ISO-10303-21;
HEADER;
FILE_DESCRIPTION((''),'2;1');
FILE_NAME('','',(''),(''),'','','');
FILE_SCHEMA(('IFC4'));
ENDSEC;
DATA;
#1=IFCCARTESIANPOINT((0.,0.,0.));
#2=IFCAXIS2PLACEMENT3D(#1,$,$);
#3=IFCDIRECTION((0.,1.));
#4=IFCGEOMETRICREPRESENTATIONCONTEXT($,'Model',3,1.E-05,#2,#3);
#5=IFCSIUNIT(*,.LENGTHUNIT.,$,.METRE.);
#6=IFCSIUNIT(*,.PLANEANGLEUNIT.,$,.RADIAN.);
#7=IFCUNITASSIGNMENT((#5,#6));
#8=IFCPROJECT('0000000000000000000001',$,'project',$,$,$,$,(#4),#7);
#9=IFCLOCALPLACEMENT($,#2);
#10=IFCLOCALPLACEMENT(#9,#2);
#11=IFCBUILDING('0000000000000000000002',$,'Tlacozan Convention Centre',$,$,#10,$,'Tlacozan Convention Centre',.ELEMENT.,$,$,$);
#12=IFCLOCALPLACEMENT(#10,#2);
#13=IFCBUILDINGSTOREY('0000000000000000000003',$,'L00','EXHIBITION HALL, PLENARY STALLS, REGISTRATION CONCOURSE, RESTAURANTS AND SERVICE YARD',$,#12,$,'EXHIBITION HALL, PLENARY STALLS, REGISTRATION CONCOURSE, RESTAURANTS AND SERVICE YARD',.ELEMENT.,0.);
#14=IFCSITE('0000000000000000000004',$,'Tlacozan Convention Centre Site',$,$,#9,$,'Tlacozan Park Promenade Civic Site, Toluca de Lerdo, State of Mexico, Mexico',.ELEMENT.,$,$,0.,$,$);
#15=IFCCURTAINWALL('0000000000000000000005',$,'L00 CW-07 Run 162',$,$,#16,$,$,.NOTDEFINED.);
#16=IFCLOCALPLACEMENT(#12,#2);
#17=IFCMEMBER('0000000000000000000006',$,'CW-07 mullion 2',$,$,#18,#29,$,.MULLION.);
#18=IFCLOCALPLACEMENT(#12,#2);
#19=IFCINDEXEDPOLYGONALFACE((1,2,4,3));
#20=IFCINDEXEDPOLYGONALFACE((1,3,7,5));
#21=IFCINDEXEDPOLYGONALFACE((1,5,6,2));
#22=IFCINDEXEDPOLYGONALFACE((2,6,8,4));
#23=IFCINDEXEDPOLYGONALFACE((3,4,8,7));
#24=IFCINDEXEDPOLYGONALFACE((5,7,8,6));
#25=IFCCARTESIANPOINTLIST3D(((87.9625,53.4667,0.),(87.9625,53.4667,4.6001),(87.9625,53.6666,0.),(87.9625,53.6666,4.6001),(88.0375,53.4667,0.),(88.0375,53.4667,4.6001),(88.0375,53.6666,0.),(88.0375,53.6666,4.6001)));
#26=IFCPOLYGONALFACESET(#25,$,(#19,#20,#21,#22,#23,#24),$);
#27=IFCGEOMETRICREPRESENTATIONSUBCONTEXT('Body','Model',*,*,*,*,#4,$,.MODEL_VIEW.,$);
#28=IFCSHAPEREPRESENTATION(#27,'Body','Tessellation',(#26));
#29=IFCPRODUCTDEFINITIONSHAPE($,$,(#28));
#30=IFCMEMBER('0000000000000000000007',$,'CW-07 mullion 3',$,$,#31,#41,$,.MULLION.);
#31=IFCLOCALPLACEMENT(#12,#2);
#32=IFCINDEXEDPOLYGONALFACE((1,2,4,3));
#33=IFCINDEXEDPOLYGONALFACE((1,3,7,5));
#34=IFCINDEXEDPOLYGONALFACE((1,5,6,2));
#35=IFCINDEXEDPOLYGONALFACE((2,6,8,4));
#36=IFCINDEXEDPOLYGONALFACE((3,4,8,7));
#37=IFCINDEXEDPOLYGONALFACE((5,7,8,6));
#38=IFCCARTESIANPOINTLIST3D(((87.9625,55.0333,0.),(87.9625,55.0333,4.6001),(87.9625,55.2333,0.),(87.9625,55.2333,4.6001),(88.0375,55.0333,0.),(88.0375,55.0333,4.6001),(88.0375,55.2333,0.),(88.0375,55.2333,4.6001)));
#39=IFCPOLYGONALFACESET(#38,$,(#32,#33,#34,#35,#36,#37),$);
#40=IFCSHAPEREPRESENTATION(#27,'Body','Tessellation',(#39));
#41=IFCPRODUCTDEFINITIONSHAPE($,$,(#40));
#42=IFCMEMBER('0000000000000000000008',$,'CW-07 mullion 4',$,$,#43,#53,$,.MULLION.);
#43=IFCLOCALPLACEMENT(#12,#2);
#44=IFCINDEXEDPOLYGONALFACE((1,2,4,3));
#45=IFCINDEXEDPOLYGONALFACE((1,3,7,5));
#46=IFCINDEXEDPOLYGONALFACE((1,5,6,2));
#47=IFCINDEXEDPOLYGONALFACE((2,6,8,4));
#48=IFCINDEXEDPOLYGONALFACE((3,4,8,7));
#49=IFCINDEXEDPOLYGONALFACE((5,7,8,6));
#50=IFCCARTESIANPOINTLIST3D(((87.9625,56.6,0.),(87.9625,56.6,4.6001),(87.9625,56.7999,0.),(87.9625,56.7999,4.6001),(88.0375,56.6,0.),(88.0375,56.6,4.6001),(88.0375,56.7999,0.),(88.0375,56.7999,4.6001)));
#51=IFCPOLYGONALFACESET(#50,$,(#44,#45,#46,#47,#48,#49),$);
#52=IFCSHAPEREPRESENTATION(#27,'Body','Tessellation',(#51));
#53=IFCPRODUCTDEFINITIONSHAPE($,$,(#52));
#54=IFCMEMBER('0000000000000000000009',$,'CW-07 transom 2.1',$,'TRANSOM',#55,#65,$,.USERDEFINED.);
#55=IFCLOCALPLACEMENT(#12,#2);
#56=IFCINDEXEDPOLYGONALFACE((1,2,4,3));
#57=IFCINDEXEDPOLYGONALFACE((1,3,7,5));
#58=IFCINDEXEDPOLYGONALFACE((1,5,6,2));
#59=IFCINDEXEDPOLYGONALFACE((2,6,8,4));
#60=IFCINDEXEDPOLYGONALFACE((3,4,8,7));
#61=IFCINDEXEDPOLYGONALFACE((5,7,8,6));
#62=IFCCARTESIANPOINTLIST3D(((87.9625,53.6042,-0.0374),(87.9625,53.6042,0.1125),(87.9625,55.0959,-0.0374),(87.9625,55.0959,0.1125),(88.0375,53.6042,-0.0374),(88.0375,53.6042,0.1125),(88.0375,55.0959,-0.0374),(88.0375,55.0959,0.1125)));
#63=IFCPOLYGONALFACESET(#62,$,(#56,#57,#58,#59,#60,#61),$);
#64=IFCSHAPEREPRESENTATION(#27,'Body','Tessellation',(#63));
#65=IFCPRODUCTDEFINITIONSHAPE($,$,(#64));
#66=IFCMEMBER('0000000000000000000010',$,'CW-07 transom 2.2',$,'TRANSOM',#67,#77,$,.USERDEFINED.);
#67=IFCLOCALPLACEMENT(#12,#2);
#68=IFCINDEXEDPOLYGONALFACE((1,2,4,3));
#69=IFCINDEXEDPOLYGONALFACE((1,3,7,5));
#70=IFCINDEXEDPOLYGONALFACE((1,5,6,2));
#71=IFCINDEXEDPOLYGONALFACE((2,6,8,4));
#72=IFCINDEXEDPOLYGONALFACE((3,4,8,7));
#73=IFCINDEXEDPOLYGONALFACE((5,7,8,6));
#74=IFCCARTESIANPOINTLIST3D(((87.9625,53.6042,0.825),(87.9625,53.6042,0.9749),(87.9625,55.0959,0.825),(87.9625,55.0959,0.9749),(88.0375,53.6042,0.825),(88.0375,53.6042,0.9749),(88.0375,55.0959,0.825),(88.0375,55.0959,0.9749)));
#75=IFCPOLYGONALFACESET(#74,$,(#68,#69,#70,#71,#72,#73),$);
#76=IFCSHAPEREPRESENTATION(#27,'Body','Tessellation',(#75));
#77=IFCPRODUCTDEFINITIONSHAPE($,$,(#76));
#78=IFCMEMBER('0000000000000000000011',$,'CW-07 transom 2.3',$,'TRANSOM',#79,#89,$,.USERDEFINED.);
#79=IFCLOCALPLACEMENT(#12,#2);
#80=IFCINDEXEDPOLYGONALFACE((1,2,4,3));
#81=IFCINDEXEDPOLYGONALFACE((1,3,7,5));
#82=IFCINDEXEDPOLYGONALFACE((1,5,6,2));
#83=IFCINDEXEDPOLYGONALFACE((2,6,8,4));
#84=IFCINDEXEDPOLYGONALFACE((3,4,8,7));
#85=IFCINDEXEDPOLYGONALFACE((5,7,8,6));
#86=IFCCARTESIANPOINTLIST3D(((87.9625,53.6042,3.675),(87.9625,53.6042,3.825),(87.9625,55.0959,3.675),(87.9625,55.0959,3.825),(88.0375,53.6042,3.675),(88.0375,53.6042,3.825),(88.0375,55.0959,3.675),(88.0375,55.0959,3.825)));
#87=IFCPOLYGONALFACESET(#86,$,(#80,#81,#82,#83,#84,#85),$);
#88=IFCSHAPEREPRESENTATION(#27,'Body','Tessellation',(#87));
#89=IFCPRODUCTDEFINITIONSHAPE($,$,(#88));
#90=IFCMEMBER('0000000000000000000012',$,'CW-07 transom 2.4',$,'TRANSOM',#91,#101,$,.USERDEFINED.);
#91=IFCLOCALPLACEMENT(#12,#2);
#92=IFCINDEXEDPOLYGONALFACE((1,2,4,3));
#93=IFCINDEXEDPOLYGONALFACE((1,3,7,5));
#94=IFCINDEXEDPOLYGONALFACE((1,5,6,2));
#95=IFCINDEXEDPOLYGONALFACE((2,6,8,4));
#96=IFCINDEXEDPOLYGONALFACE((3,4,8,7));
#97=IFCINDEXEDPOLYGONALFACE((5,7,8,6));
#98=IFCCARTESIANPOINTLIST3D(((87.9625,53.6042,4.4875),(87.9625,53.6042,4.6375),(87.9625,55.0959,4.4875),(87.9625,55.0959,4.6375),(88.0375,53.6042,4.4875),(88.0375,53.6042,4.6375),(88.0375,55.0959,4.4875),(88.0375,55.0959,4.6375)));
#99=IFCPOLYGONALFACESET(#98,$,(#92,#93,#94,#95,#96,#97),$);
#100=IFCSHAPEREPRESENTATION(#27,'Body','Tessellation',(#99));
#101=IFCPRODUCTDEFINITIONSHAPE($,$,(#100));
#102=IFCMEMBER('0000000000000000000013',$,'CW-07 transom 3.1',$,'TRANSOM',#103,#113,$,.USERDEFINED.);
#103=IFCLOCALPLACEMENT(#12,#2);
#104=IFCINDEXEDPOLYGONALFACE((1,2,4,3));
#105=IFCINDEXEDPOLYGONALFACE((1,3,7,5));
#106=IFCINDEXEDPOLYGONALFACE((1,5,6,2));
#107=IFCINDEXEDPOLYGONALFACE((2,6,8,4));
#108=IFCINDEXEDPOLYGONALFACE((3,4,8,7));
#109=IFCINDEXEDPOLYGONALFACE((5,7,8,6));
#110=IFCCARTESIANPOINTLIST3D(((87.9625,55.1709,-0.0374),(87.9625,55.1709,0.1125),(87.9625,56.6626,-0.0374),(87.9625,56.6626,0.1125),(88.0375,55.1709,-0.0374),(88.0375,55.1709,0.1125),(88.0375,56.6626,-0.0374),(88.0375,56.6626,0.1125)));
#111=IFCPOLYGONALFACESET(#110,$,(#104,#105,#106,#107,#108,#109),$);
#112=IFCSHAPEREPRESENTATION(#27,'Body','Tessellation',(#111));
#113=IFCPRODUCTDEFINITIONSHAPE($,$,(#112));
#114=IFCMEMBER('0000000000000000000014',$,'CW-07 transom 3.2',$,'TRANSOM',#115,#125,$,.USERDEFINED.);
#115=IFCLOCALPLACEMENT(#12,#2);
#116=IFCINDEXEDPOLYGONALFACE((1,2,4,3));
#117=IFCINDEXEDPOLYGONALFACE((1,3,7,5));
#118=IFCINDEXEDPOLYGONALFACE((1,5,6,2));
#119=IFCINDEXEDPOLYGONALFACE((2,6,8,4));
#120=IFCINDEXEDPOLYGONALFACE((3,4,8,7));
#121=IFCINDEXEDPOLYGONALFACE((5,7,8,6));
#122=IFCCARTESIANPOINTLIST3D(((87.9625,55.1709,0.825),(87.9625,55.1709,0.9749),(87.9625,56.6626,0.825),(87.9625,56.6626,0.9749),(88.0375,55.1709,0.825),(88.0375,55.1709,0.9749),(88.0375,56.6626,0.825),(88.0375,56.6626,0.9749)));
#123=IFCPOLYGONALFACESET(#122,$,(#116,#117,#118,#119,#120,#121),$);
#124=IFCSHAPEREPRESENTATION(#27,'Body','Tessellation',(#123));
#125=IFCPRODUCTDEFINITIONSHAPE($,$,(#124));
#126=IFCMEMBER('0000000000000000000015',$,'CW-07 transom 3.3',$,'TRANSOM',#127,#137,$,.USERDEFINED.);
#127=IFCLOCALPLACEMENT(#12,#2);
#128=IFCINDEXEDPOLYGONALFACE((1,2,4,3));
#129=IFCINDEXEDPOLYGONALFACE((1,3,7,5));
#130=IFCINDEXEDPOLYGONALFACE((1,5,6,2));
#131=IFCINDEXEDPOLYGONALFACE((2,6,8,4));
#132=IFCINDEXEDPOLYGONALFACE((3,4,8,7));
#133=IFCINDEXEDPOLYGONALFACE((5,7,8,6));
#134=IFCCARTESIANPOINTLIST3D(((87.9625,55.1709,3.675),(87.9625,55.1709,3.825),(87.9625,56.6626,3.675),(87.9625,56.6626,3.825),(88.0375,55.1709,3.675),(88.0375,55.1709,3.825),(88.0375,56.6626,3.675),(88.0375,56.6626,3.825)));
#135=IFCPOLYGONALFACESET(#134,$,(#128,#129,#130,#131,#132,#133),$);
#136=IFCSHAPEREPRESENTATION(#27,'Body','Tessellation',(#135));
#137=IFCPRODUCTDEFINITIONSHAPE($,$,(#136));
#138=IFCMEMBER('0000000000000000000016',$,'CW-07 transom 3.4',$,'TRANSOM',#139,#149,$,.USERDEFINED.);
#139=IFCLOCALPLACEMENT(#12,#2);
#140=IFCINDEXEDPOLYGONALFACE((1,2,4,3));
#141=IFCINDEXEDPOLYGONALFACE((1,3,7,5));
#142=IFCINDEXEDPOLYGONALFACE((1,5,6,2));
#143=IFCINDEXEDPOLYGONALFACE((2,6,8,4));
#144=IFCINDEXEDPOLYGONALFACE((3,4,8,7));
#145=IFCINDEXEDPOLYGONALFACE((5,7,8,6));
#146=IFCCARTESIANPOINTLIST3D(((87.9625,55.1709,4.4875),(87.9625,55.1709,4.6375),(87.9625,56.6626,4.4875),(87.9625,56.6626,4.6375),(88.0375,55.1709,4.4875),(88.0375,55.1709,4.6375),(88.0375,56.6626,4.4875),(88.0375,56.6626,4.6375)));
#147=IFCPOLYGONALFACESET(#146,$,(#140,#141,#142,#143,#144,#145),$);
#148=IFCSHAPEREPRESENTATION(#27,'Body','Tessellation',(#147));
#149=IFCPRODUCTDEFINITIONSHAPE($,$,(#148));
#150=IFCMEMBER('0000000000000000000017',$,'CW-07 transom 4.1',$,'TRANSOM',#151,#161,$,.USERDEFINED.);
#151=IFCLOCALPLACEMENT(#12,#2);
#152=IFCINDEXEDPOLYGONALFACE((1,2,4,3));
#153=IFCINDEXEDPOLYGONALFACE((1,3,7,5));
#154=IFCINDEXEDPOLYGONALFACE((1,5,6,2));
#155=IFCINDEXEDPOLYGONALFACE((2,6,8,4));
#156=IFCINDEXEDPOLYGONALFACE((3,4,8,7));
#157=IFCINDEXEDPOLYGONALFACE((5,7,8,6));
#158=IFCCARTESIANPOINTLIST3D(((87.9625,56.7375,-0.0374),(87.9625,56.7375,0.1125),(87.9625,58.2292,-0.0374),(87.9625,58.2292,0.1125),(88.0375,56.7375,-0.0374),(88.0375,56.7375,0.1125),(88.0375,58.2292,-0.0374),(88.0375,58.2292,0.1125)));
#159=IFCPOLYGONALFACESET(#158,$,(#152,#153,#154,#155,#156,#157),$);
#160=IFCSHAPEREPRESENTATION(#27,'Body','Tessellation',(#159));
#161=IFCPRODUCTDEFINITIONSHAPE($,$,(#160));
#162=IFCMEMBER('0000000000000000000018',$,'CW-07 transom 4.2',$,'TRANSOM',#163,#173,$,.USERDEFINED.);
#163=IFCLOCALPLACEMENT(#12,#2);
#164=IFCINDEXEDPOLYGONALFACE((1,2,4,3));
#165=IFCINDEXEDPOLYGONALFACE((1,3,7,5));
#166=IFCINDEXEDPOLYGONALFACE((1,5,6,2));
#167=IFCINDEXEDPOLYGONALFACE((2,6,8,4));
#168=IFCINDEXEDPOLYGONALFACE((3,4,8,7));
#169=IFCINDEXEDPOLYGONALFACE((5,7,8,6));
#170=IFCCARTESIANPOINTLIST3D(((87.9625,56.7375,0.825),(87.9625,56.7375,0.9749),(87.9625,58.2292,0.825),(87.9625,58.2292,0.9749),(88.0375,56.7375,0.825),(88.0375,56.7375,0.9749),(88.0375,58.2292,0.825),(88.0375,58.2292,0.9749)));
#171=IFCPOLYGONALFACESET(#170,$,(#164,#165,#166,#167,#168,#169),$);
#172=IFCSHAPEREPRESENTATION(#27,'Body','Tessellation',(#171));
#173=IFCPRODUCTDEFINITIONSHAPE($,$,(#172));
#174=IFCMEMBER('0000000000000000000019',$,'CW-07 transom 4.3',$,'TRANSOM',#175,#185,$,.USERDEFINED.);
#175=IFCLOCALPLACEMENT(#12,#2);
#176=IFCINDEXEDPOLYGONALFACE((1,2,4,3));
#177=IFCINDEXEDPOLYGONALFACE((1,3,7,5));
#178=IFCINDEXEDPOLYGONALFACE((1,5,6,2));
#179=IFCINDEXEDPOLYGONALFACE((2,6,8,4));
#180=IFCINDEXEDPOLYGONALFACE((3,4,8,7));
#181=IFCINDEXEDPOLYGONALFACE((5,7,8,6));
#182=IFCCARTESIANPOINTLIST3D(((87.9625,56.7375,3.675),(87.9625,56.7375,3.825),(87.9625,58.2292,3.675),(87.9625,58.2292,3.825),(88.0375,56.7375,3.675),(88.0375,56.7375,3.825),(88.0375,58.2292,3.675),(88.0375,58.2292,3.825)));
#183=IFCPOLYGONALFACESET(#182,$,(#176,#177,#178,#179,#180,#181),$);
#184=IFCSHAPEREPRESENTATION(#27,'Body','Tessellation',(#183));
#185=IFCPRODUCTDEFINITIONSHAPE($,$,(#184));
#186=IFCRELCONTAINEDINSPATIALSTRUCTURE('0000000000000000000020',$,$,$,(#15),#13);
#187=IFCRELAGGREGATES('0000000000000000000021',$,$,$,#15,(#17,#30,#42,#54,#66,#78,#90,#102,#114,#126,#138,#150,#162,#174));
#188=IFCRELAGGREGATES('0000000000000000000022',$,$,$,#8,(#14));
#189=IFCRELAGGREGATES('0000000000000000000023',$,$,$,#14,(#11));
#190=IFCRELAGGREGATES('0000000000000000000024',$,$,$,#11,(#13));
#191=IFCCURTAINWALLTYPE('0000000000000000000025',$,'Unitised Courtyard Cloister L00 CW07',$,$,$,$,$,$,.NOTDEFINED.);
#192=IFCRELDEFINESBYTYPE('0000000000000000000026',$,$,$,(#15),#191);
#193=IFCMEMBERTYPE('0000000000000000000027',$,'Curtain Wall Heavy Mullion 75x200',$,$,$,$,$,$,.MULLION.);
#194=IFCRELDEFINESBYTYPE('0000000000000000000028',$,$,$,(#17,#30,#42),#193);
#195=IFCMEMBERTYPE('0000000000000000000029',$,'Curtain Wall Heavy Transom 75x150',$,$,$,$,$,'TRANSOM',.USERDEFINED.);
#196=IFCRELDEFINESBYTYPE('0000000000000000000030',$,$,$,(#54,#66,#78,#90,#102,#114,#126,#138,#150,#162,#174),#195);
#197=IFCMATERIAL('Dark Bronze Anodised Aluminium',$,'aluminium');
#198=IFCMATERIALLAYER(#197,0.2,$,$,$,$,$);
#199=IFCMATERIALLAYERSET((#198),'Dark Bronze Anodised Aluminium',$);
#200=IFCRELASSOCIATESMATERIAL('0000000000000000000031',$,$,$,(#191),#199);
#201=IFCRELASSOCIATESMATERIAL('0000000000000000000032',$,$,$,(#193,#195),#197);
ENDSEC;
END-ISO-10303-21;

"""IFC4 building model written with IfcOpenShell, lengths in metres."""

from ifc_helpers import new_model, si_unit, direction, frame, origin, origin_2d, place, context, subcontext, project, spatial, rectangle, extrude, material, layer, layer_set, material_profile, profile_set, type_object, element, aggregate, save


model = new_model("IFC4")

# Units and contexts
model_context = context("Model", 3, precision=1e-05, world=origin(), true_north=direction((0.0, 1.0)))
body_context = subcontext(model_context, "Body", "Model", "MODEL_VIEW")
ifc_project = project(units=[si_unit("LENGTHUNIT", "METRE"), si_unit("PLANEANGLEUNIT", "RADIAN")], contexts=[model_context])

# Site, building, storey
site_placement = place(None, origin())
site = spatial("IfcSite", under=ifc_project, at=site_placement, Name="Tlacozan Convention Centre Site", LongName="Tlacozan Park Promenade Civic Site, Toluca de Lerdo, State of Mexico, Mexico", CompositionType="ELEMENT", RefElevation=0.0)
building_placement = place(site_placement, origin())
building = spatial("IfcBuilding", under=site, at=building_placement, Name="Tlacozan Convention Centre", LongName="Tlacozan Convention Centre", CompositionType="ELEMENT")
storey_placement = place(building_placement, origin())
storey = spatial("IfcBuildingStorey", under=building, at=storey_placement, Name="L00", Description="EXHIBITION HALL, PLENARY STALLS, REGISTRATION CONCOURSE, RESTAURANTS AND SERVICE YARD", LongName="EXHIBITION HALL, PLENARY STALLS, REGISTRATION CONCOURSE, RESTAURANTS AND SERVICE YARD", CompositionType="ELEMENT", Elevation=0.0)

# Curtain wall, members
ifc_material_1 = material(Name="Dark Bronze Anodised Aluminium", Category="aluminium")
ifc_layer_1 = layer(ifc_material_1, 0.2)
ifc_layer_set_1 = layer_set([ifc_layer_1], Name="Dark Bronze Anodised Aluminium")
curtain_wall_type = type_object("IfcCurtainWallType", Name="Unitised Courtyard Cloister L00 CW07", PredefinedType="NOTDEFINED", material=ifc_layer_set_1)
curtain_wall_placement = place(storey_placement, origin())
curtain_wall = element("IfcCurtainWall", 1, at=curtain_wall_placement, inside=storey, type_object=curtain_wall_type, Name="L00 CW-07 Run 162", PredefinedType="NOTDEFINED")
ifc_material_profile_1 = material_profile(ifc_material_1, rectangle(XDim=0.075, YDim=0.2, at=origin_2d()), Name="ALU 75x200")
ifc_profile_set_1 = profile_set([ifc_material_profile_1], Name="Dark Bronze Anodised Aluminium")
member_type_1 = type_object("IfcMemberType", Name="Curtain Wall Heavy Mullion 75x200", PredefinedType="MULLION", material=ifc_profile_set_1)
member_1_placement = place(storey_placement, frame((88.0, 53.5667, 0.0), z_axis=(0.0, 0.0, 1.0), x_axis=(-1.0, 0.0, 0.0)))
member_1 = element("IfcMember", 2, at=member_1_placement, type_object=member_type_1, Name="CW-07 mullion 2", PredefinedType="MULLION", context=body_context, shape_type="SweptSolid", body=[
    extrude(rectangle(XDim=0.075, YDim=0.2, at=origin_2d()), origin(), (0.0, 0.0, 1.0), 4.6001),
])
member_2_placement = place(storey_placement, frame((88.0, 55.1333, 0.0), z_axis=(0.0, 0.0, 1.0), x_axis=(-1.0, 0.0, 0.0)))
member_2 = element("IfcMember", 3, at=member_2_placement, type_object=member_type_1, Name="CW-07 mullion 3", PredefinedType="MULLION", context=body_context, shape_type="SweptSolid", body=[
    extrude(rectangle(XDim=0.075, YDim=0.2, at=origin_2d()), origin(), (0.0, 0.0, 1.0), 4.6001),
])
member_3_placement = place(storey_placement, frame((88.0, 56.7, 0.0), z_axis=(0.0, 0.0, 1.0), x_axis=(-1.0, 0.0, 0.0)))
member_3 = element("IfcMember", 4, at=member_3_placement, type_object=member_type_1, Name="CW-07 mullion 4", PredefinedType="MULLION", context=body_context, shape_type="SweptSolid", body=[
    extrude(rectangle(XDim=0.075, YDim=0.2, at=origin_2d()), origin(), (0.0, 0.0, 1.0), 4.6001),
])
ifc_material_profile_2 = material_profile(ifc_material_1, rectangle(XDim=0.075, YDim=0.1499, at=origin_2d()), Name="ALU 75x150")
ifc_profile_set_2 = profile_set([ifc_material_profile_2], Name="Dark Bronze Anodised Aluminium")
member_type_2 = type_object("IfcMemberType", Name="Curtain Wall Heavy Transom 75x150", ElementType="TRANSOM", PredefinedType="USERDEFINED", material=ifc_profile_set_2)
member_4_placement = place(storey_placement, frame((88.0, 53.6042, 0.0376), z_axis=(0.0, 1.0, 0.0), x_axis=(-1.0, 0.0, 0.0)))
member_4 = element("IfcMember", 5, at=member_4_placement, type_object=member_type_2, Name="CW-07 transom 2.1", ObjectType="TRANSOM", PredefinedType="USERDEFINED", context=body_context, shape_type="SweptSolid", body=[
    extrude(rectangle(XDim=0.075, YDim=0.1499, at=origin_2d()), origin(), (0.0, 0.0, 1.0), 1.4917),
])
member_5_placement = place(storey_placement, frame((88.0, 53.6042, 0.8999), z_axis=(0.0, 1.0, 0.0), x_axis=(-1.0, 0.0, 0.0)))
member_5 = element("IfcMember", 6, at=member_5_placement, type_object=member_type_2, Name="CW-07 transom 2.2", ObjectType="TRANSOM", PredefinedType="USERDEFINED", context=body_context, shape_type="SweptSolid", body=[
    extrude(rectangle(XDim=0.075, YDim=0.1499, at=origin_2d()), origin(), (0.0, 0.0, 1.0), 1.4917),
])
member_6_placement = place(storey_placement, frame((88.0, 53.6042, 3.75), z_axis=(0.0, 1.0, 0.0), x_axis=(-1.0, 0.0, 0.0)))
member_6 = element("IfcMember", 7, at=member_6_placement, type_object=member_type_2, Name="CW-07 transom 2.3", ObjectType="TRANSOM", PredefinedType="USERDEFINED", context=body_context, shape_type="SweptSolid", body=[
    extrude(rectangle(XDim=0.075, YDim=0.1499, at=origin_2d()), origin(), (0.0, 0.0, 1.0), 1.4917),
])
member_7_placement = place(storey_placement, frame((88.0, 53.6042, 4.5625), z_axis=(0.0, 1.0, 0.0), x_axis=(-1.0, 0.0, 0.0)))
member_7 = element("IfcMember", 8, at=member_7_placement, type_object=member_type_2, Name="CW-07 transom 2.4", ObjectType="TRANSOM", PredefinedType="USERDEFINED", context=body_context, shape_type="SweptSolid", body=[
    extrude(rectangle(XDim=0.075, YDim=0.1499, at=origin_2d()), origin(), (0.0, 0.0, 1.0), 1.4917),
])
member_8_placement = place(storey_placement, frame((88.0, 55.1709, 0.0376), z_axis=(0.0, 1.0, 0.0), x_axis=(-1.0, 0.0, 0.0)))
member_8 = element("IfcMember", 9, at=member_8_placement, type_object=member_type_2, Name="CW-07 transom 3.1", ObjectType="TRANSOM", PredefinedType="USERDEFINED", context=body_context, shape_type="SweptSolid", body=[
    extrude(rectangle(XDim=0.075, YDim=0.1499, at=origin_2d()), origin(), (0.0, 0.0, 1.0), 1.4917),
])
member_9_placement = place(storey_placement, frame((88.0, 55.1709, 0.8999), z_axis=(0.0, 1.0, 0.0), x_axis=(-1.0, 0.0, 0.0)))
member_9 = element("IfcMember", 10, at=member_9_placement, type_object=member_type_2, Name="CW-07 transom 3.2", ObjectType="TRANSOM", PredefinedType="USERDEFINED", context=body_context, shape_type="SweptSolid", body=[
    extrude(rectangle(XDim=0.075, YDim=0.1499, at=origin_2d()), origin(), (0.0, 0.0, 1.0), 1.4917),
])
member_10_placement = place(storey_placement, frame((88.0, 55.1709, 3.75), z_axis=(0.0, 1.0, 0.0), x_axis=(-1.0, 0.0, 0.0)))
member_10 = element("IfcMember", 11, at=member_10_placement, type_object=member_type_2, Name="CW-07 transom 3.3", ObjectType="TRANSOM", PredefinedType="USERDEFINED", context=body_context, shape_type="SweptSolid", body=[
    extrude(rectangle(XDim=0.075, YDim=0.1499, at=origin_2d()), origin(), (0.0, 0.0, 1.0), 1.4917),
])
member_11_placement = place(storey_placement, frame((88.0, 55.1709, 4.5625), z_axis=(0.0, 1.0, 0.0), x_axis=(-1.0, 0.0, 0.0)))
member_11 = element("IfcMember", 12, at=member_11_placement, type_object=member_type_2, Name="CW-07 transom 3.4", ObjectType="TRANSOM", PredefinedType="USERDEFINED", context=body_context, shape_type="SweptSolid", body=[
    extrude(rectangle(XDim=0.075, YDim=0.1499, at=origin_2d()), origin(), (0.0, 0.0, 1.0), 1.4917),
])
member_12_placement = place(storey_placement, frame((88.0, 56.7375, 0.0376), z_axis=(0.0, 1.0, 0.0), x_axis=(-1.0, 0.0, 0.0)))
member_12 = element("IfcMember", 13, at=member_12_placement, type_object=member_type_2, Name="CW-07 transom 4.1", ObjectType="TRANSOM", PredefinedType="USERDEFINED", context=body_context, shape_type="SweptSolid", body=[
    extrude(rectangle(XDim=0.075, YDim=0.1499, at=origin_2d()), origin(), (0.0, 0.0, 1.0), 1.4917),
])
member_13_placement = place(storey_placement, frame((88.0, 56.7375, 0.8999), z_axis=(0.0, 1.0, 0.0), x_axis=(-1.0, 0.0, 0.0)))
member_13 = element("IfcMember", 14, at=member_13_placement, type_object=member_type_2, Name="CW-07 transom 4.2", ObjectType="TRANSOM", PredefinedType="USERDEFINED", context=body_context, shape_type="SweptSolid", body=[
    extrude(rectangle(XDim=0.075, YDim=0.1499, at=origin_2d()), origin(), (0.0, 0.0, 1.0), 1.4917),
])
member_14_placement = place(storey_placement, frame((88.0, 56.7375, 3.75), z_axis=(0.0, 1.0, 0.0), x_axis=(-1.0, 0.0, 0.0)))
member_14 = element("IfcMember", 15, at=member_14_placement, type_object=member_type_2, Name="CW-07 transom 4.3", ObjectType="TRANSOM", PredefinedType="USERDEFINED", context=body_context, shape_type="SweptSolid", body=[
    extrude(rectangle(XDim=0.075, YDim=0.1499, at=origin_2d()), origin(), (0.0, 0.0, 1.0), 1.4917),
])
aggregate(curtain_wall, [member_1, member_2, member_3, member_4, member_5, member_6, member_7, member_8, member_9, member_10, member_11, member_12, member_13, member_14])

save(model, "model.ifc")
